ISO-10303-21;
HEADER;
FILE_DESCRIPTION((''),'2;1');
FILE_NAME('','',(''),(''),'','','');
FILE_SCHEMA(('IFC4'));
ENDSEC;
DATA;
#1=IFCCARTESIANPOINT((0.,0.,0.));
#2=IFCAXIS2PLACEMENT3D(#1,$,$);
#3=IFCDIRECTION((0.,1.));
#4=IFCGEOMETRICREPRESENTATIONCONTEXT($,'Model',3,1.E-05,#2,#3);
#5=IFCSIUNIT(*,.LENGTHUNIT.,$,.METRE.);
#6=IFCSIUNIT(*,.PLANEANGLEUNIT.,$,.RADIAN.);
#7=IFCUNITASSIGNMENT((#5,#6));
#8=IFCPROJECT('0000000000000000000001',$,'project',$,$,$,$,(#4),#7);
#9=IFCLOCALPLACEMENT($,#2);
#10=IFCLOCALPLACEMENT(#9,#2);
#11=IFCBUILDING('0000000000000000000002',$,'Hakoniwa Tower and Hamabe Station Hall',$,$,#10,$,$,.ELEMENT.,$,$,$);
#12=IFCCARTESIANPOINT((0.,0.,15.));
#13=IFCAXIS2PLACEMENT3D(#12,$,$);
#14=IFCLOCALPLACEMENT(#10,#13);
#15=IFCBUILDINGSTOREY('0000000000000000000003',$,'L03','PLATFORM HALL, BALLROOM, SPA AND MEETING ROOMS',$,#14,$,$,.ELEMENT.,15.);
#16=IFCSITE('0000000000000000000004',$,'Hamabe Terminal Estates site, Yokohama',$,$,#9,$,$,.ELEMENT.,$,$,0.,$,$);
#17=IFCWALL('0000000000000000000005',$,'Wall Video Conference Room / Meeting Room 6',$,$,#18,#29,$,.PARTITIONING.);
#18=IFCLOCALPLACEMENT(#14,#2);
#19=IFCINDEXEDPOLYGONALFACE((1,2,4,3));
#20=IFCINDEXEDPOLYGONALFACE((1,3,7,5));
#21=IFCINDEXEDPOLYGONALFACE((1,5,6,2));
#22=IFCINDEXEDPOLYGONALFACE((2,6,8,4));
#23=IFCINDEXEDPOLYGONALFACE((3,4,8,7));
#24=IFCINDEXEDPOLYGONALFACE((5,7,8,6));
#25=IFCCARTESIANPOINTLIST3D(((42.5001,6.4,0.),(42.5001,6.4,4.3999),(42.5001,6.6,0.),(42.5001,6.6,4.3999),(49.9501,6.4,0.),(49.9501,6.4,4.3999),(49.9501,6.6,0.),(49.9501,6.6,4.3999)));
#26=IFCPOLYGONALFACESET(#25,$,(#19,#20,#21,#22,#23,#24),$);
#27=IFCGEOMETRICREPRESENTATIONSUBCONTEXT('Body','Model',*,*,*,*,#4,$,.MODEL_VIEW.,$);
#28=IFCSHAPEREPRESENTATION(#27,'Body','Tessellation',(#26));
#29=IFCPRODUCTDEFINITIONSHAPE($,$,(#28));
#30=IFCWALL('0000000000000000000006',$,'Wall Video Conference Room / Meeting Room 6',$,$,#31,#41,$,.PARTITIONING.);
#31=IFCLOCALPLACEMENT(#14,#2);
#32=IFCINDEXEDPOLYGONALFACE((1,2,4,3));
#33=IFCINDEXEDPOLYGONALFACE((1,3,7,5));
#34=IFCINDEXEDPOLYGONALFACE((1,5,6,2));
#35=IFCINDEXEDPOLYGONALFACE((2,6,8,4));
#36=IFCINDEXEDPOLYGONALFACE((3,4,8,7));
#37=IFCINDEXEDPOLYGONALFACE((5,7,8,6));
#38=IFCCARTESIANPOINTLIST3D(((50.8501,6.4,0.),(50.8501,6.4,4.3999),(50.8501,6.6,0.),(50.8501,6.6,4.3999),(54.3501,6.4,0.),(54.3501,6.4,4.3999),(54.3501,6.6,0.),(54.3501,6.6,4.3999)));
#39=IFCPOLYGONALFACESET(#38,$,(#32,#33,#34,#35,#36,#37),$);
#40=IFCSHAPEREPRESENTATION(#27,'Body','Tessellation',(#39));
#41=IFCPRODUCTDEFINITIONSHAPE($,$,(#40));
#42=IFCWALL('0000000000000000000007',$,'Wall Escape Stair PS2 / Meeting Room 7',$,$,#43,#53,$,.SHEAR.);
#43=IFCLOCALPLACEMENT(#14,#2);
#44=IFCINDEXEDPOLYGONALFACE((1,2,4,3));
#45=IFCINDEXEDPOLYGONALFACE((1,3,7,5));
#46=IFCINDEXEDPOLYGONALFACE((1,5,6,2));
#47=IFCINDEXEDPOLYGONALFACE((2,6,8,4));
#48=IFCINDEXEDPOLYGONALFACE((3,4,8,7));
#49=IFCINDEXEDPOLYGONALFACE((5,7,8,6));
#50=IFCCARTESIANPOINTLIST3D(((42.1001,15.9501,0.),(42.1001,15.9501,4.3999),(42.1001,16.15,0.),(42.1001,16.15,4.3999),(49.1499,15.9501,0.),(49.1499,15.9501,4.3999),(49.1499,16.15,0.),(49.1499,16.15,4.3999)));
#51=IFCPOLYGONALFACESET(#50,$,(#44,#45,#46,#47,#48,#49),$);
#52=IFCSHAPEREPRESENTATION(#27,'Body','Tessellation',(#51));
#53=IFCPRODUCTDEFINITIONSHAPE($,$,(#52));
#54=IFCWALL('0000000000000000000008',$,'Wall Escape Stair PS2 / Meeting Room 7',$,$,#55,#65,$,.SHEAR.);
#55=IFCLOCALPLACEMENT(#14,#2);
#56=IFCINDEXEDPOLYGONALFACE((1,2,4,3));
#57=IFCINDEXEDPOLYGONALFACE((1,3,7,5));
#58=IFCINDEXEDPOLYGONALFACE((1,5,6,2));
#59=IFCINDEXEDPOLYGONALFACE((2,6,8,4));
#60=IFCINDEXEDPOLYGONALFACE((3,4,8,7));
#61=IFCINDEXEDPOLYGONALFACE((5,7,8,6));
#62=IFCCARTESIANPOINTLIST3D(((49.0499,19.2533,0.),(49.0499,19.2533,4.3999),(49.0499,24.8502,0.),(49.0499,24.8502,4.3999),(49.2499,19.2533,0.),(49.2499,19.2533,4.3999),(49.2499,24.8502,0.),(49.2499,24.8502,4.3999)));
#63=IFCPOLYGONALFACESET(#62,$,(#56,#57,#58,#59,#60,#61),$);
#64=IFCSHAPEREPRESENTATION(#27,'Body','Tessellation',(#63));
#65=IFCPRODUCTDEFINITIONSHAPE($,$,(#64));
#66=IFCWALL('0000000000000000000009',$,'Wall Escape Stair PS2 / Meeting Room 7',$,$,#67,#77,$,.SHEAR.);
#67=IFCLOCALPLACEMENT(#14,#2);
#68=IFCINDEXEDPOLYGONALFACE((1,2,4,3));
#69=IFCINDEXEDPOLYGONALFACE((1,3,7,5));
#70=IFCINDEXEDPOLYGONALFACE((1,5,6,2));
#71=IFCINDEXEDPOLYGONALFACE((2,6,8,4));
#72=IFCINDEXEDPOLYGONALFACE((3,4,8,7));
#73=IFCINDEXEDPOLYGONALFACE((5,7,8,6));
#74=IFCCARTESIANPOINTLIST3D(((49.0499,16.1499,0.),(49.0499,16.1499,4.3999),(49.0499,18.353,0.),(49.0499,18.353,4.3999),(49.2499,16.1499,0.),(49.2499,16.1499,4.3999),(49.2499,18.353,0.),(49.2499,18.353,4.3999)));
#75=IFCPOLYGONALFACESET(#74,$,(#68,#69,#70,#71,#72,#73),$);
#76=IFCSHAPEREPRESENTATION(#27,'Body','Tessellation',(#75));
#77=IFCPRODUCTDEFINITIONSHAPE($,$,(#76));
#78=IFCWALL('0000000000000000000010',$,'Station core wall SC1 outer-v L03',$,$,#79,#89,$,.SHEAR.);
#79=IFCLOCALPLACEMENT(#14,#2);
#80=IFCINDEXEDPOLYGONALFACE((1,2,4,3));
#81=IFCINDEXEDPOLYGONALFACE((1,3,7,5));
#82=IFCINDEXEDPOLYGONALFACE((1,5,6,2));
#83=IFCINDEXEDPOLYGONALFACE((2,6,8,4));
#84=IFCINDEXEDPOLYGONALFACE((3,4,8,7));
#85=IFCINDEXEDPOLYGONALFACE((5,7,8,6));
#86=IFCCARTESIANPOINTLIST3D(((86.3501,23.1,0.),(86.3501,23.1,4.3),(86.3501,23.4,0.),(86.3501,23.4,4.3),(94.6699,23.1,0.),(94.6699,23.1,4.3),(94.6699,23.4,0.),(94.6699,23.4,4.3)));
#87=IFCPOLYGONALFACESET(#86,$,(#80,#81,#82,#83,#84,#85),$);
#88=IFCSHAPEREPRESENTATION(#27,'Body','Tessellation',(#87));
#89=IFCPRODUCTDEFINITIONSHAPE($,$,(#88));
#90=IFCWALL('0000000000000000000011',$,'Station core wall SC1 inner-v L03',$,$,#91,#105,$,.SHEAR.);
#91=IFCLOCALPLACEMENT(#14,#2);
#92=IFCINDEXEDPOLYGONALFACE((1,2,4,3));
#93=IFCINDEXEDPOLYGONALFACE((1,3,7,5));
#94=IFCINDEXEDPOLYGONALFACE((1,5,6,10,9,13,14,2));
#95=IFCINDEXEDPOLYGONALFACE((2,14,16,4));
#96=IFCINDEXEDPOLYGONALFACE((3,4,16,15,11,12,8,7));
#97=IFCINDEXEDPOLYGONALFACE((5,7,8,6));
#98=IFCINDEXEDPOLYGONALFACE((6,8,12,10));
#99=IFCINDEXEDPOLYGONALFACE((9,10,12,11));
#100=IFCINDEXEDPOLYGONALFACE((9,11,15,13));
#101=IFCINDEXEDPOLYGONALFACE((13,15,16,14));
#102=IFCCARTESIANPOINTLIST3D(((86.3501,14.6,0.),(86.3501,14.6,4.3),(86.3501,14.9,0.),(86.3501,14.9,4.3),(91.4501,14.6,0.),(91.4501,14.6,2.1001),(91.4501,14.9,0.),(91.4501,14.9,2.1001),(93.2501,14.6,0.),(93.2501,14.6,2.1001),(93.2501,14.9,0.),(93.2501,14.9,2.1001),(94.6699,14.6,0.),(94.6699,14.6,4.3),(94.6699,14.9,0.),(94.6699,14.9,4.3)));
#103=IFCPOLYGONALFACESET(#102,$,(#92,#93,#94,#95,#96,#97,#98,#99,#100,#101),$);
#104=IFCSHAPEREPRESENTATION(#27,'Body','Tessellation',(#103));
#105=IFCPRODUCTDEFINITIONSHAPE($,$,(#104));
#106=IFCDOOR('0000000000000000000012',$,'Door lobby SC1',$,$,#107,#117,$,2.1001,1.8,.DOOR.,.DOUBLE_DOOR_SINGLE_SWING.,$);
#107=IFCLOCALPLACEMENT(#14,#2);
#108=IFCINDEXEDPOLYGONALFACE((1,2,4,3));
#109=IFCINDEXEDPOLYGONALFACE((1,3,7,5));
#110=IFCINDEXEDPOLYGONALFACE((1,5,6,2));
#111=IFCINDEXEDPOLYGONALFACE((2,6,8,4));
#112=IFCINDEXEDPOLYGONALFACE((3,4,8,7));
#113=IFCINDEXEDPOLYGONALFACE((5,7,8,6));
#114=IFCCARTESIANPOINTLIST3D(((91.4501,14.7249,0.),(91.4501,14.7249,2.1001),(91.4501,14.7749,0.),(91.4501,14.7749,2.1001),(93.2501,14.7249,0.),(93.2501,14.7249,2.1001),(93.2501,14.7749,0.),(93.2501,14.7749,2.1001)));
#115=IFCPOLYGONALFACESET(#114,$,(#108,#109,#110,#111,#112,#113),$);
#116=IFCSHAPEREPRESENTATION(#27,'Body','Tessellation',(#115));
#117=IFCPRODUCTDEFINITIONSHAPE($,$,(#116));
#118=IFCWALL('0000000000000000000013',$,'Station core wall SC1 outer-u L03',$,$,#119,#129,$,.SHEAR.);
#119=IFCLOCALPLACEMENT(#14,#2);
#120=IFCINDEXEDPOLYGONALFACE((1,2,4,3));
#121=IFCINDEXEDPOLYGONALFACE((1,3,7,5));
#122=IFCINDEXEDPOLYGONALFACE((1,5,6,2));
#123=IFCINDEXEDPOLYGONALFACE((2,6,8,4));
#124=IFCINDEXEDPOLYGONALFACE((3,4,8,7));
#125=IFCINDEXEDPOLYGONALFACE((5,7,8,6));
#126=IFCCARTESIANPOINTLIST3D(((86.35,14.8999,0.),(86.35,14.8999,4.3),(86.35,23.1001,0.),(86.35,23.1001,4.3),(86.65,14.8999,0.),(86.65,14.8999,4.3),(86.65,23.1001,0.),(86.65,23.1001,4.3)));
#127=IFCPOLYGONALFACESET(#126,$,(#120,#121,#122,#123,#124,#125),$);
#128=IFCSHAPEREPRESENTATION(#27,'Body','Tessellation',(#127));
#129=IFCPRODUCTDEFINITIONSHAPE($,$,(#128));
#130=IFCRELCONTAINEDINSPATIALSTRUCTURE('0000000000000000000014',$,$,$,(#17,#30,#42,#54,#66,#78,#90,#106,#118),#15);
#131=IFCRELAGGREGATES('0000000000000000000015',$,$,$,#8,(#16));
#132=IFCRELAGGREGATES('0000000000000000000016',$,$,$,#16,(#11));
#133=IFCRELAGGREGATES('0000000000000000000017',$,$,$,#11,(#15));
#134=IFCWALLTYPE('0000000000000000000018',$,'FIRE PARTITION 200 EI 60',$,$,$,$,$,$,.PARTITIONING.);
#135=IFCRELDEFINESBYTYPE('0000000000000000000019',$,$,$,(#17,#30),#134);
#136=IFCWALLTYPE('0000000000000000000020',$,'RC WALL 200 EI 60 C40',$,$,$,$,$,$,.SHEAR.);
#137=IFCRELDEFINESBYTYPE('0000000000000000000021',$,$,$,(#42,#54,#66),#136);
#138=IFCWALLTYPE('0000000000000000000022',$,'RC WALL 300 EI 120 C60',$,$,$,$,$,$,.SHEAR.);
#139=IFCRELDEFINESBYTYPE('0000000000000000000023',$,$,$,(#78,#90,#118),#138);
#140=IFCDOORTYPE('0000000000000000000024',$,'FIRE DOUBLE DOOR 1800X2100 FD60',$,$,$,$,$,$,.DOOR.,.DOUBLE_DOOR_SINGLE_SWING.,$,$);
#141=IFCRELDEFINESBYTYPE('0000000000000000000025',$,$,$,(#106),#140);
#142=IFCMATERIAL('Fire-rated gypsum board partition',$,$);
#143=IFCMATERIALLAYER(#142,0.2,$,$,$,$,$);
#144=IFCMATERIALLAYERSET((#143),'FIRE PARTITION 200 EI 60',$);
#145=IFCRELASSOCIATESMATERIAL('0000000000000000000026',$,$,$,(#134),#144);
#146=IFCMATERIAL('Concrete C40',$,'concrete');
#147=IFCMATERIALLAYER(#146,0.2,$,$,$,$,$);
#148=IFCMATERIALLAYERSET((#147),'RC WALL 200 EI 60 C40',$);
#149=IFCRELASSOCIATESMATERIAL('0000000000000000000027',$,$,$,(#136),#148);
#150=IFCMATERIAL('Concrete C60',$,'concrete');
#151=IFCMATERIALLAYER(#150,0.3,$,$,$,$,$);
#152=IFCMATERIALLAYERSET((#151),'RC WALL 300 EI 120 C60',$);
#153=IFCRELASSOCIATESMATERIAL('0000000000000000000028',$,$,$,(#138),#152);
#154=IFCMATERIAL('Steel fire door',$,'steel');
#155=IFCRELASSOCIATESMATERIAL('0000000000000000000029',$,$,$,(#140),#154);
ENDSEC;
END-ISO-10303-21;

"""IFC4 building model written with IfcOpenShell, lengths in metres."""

from ifc_helpers import new_model, si_unit, direction, frame, frame_2d, origin, place, context, subcontext, project, spatial, rectangle, extrude, material, layer, layer_set, type_object, element, fill, save


model = new_model("IFC4")

# Units and contexts
model_context = context("Model", 3, precision=1e-05, world=origin(), true_north=direction((0.0, 1.0)))
body_context = subcontext(model_context, "Body", "Model", "MODEL_VIEW")
ifc_project = project(units=[si_unit("LENGTHUNIT", "METRE"), si_unit("PLANEANGLEUNIT", "RADIAN")], contexts=[model_context])

# Site, building, storey
site_placement = place(None, origin())
site = spatial("IfcSite", under=ifc_project, at=site_placement, Name="Hamabe Terminal Estates site, Yokohama", CompositionType="ELEMENT", RefElevation=0.0)
building_placement = place(site_placement, origin())
building = spatial("IfcBuilding", under=site, at=building_placement, Name="Hakoniwa Tower and Hamabe Station Hall", CompositionType="ELEMENT")
storey_placement = place(building_placement, frame((0.0, 0.0, 15.0)))
storey = spatial("IfcBuildingStorey", under=building, at=storey_placement, Name="L03", Description="PLATFORM HALL, BALLROOM, SPA AND MEETING ROOMS", CompositionType="ELEMENT", Elevation=15.0)

# Walls
ifc_material_1 = material(Name="Fire-rated gypsum board partition")
ifc_layer_1 = layer(ifc_material_1, 0.2)
ifc_layer_set_1 = layer_set([ifc_layer_1], Name="FIRE PARTITION 200 EI 60")
wall_type_1 = type_object("IfcWallType", Name="FIRE PARTITION 200 EI 60", PredefinedType="PARTITIONING", material=ifc_layer_set_1)
wall_1_placement = place(storey_placement, frame((42.5, 6.5, 0.0), z_axis=(0.0, 0.0, 1.0), x_axis=(1.0, 0.0, 0.0)))
element("IfcWall", 1, at=wall_1_placement, inside=storey, type_object=wall_type_1, Name="Wall Video Conference Room / Meeting Room 6", PredefinedType="PARTITIONING", context=body_context, shape_type="SweptSolid", body=[
    extrude(rectangle(XDim=7.45, YDim=0.2, at=frame_2d((3.7251, 0.0))), origin(), (0.0, 0.0, 1.0), 4.3999),
])
wall_2_placement = place(storey_placement, frame((50.8501, 6.5, 0.0), z_axis=(0.0, 0.0, 1.0), x_axis=(1.0, 0.0, 0.0)))
element("IfcWall", 2, at=wall_2_placement, inside=storey, type_object=wall_type_1, Name="Wall Video Conference Room / Meeting Room 6", PredefinedType="PARTITIONING", context=body_context, shape_type="SweptSolid", body=[
    extrude(rectangle(XDim=3.5, YDim=0.2, at=frame_2d((1.75, 0.0))), origin(), (0.0, 0.0, 1.0), 4.3999),
])
ifc_material_2 = material(Name="Concrete C40", Category="concrete")
ifc_layer_2 = layer(ifc_material_2, 0.2)
ifc_layer_set_2 = layer_set([ifc_layer_2], Name="RC WALL 200 EI 60 C40")
wall_type_2 = type_object("IfcWallType", Name="RC WALL 200 EI 60 C40", PredefinedType="SHEAR", material=ifc_layer_set_2)
wall_3_placement = place(storey_placement, frame((49.1499, 16.05, 0.0), z_axis=(0.0, 0.0, 1.0), x_axis=(-1.0, 0.0, 0.0)))
element("IfcWall", 3, at=wall_3_placement, inside=storey, type_object=wall_type_2, Name="Wall Escape Stair PS2 / Meeting Room 7", PredefinedType="SHEAR", context=body_context, shape_type="SweptSolid", body=[
    extrude(rectangle(XDim=7.0498, YDim=0.2, at=frame_2d((3.5249, 0.0))), origin(), (0.0, 0.0, 1.0), 4.3999),
])
wall_4_placement = place(storey_placement, frame((49.1499, 24.8501, 0.0), z_axis=(0.0, 0.0, 1.0), x_axis=(0.0, -1.0, 0.0)))
element("IfcWall", 4, at=wall_4_placement, inside=storey, type_object=wall_type_2, Name="Wall Escape Stair PS2 / Meeting Room 7", PredefinedType="SHEAR", context=body_context, shape_type="SweptSolid", body=[
    extrude(rectangle(XDim=5.5969, YDim=0.2, at=frame_2d((2.7983, 0.0))), origin(), (0.0, 0.0, 1.0), 4.3999),
])
wall_5_placement = place(storey_placement, frame((49.1499, 18.353, 0.0), z_axis=(0.0, 0.0, 1.0), x_axis=(0.0, -1.0, 0.0)))
element("IfcWall", 5, at=wall_5_placement, inside=storey, type_object=wall_type_2, Name="Wall Escape Stair PS2 / Meeting Room 7", PredefinedType="SHEAR", context=body_context, shape_type="SweptSolid", body=[
    extrude(rectangle(XDim=2.2031, YDim=0.2, at=frame_2d((1.1016, 0.0))), origin(), (0.0, 0.0, 1.0), 4.3999),
])
ifc_material_3 = material(Name="Concrete C60", Category="concrete")
ifc_layer_3 = layer(ifc_material_3, 0.3)
ifc_layer_set_3 = layer_set([ifc_layer_3], Name="RC WALL 300 EI 120 C60")
wall_type_3 = type_object("IfcWallType", Name="RC WALL 300 EI 120 C60", PredefinedType="SHEAR", material=ifc_layer_set_3)
wall_6_placement = place(storey_placement, frame((86.3501, 23.25, 0.0), z_axis=(0.0, 0.0, 1.0), x_axis=(1.0, 0.0, 0.0)))
element("IfcWall", 6, at=wall_6_placement, inside=storey, type_object=wall_type_3, Name="Station core wall SC1 outer-v L03", PredefinedType="SHEAR", context=body_context, shape_type="SweptSolid", body=[
    extrude(rectangle(XDim=8.3198, YDim=0.3, at=frame_2d((4.1599, 0.0))), origin(), (0.0, 0.0, 1.0), 4.3),
])

# Wall, opening, door
wall_7_placement = place(storey_placement, frame((86.3501, 14.75, 0.0), z_axis=(0.0, 0.0, 1.0), x_axis=(1.0, 0.0, 0.0)))
wall_7 = element("IfcWall", 7, at=wall_7_placement, inside=storey, type_object=wall_type_3, Name="Station core wall SC1 inner-v L03", PredefinedType="SHEAR", context=body_context, shape_type="SweptSolid", body=[
    extrude(rectangle(XDim=8.3198, YDim=0.3, at=frame_2d((4.1599, 0.0))), origin(), (0.0, 0.0, 1.0), 4.3),
])
opening_placement = place(wall_7_placement, frame((5.1001, 0.0, 0.0)))
opening = element("IfcOpeningElement", 8, at=opening_placement, cuts=wall_7, PredefinedType="OPENING", context=body_context, shape_type="SweptSolid", body=[
    extrude(rectangle(XDim=1.8, YDim=2.1001, at=frame_2d((0.8999, 1.05))), frame((0.0, 0.1599, 0.0), z_axis=(0.0, -1.0, 0.0), x_axis=(1.0, 0.0, 0.0)), (0.0, 0.0, 1.0), 0.3201),
])
ifc_material_4 = material(Name="Steel fire door", Category="steel")
door_type = type_object("IfcDoorType", Name="FIRE DOUBLE DOOR 1800X2100 FD60", OperationType="DOUBLE_DOOR_SINGLE_SWING", PredefinedType="DOOR", material=ifc_material_4)
door_placement = place(opening_placement, origin())
door = element("IfcDoor", 9, at=door_placement, inside=storey, type_object=door_type, Name="Door lobby SC1", OperationType="DOUBLE_DOOR_SINGLE_SWING", OverallHeight=2.1001, OverallWidth=1.8, PredefinedType="DOOR", context=body_context, shape_type="SweptSolid", body=[
    extrude(rectangle(XDim=1.8, YDim=2.1001, at=frame_2d((0.8999, 1.05))), frame((0.0, 0.0249, 0.0), z_axis=(0.0, -1.0, 0.0), x_axis=(1.0, 0.0, 0.0)), (0.0, 0.0, 1.0), 0.05),
])
fill(opening, door)

# Wall
wall_8_placement = place(storey_placement, frame((86.5, 23.1001, 0.0), z_axis=(0.0, 0.0, 1.0), x_axis=(0.0, -1.0, 0.0)))
element("IfcWall", 10, at=wall_8_placement, inside=storey, type_object=wall_type_3, Name="Station core wall SC1 outer-u L03", PredefinedType="SHEAR", context=body_context, shape_type="SweptSolid", body=[
    extrude(rectangle(XDim=8.2002, YDim=0.3, at=frame_2d((4.1001, 0.0))), origin(), (0.0, 0.0, 1.0), 4.3),
])

save(model, "model.ifc")
